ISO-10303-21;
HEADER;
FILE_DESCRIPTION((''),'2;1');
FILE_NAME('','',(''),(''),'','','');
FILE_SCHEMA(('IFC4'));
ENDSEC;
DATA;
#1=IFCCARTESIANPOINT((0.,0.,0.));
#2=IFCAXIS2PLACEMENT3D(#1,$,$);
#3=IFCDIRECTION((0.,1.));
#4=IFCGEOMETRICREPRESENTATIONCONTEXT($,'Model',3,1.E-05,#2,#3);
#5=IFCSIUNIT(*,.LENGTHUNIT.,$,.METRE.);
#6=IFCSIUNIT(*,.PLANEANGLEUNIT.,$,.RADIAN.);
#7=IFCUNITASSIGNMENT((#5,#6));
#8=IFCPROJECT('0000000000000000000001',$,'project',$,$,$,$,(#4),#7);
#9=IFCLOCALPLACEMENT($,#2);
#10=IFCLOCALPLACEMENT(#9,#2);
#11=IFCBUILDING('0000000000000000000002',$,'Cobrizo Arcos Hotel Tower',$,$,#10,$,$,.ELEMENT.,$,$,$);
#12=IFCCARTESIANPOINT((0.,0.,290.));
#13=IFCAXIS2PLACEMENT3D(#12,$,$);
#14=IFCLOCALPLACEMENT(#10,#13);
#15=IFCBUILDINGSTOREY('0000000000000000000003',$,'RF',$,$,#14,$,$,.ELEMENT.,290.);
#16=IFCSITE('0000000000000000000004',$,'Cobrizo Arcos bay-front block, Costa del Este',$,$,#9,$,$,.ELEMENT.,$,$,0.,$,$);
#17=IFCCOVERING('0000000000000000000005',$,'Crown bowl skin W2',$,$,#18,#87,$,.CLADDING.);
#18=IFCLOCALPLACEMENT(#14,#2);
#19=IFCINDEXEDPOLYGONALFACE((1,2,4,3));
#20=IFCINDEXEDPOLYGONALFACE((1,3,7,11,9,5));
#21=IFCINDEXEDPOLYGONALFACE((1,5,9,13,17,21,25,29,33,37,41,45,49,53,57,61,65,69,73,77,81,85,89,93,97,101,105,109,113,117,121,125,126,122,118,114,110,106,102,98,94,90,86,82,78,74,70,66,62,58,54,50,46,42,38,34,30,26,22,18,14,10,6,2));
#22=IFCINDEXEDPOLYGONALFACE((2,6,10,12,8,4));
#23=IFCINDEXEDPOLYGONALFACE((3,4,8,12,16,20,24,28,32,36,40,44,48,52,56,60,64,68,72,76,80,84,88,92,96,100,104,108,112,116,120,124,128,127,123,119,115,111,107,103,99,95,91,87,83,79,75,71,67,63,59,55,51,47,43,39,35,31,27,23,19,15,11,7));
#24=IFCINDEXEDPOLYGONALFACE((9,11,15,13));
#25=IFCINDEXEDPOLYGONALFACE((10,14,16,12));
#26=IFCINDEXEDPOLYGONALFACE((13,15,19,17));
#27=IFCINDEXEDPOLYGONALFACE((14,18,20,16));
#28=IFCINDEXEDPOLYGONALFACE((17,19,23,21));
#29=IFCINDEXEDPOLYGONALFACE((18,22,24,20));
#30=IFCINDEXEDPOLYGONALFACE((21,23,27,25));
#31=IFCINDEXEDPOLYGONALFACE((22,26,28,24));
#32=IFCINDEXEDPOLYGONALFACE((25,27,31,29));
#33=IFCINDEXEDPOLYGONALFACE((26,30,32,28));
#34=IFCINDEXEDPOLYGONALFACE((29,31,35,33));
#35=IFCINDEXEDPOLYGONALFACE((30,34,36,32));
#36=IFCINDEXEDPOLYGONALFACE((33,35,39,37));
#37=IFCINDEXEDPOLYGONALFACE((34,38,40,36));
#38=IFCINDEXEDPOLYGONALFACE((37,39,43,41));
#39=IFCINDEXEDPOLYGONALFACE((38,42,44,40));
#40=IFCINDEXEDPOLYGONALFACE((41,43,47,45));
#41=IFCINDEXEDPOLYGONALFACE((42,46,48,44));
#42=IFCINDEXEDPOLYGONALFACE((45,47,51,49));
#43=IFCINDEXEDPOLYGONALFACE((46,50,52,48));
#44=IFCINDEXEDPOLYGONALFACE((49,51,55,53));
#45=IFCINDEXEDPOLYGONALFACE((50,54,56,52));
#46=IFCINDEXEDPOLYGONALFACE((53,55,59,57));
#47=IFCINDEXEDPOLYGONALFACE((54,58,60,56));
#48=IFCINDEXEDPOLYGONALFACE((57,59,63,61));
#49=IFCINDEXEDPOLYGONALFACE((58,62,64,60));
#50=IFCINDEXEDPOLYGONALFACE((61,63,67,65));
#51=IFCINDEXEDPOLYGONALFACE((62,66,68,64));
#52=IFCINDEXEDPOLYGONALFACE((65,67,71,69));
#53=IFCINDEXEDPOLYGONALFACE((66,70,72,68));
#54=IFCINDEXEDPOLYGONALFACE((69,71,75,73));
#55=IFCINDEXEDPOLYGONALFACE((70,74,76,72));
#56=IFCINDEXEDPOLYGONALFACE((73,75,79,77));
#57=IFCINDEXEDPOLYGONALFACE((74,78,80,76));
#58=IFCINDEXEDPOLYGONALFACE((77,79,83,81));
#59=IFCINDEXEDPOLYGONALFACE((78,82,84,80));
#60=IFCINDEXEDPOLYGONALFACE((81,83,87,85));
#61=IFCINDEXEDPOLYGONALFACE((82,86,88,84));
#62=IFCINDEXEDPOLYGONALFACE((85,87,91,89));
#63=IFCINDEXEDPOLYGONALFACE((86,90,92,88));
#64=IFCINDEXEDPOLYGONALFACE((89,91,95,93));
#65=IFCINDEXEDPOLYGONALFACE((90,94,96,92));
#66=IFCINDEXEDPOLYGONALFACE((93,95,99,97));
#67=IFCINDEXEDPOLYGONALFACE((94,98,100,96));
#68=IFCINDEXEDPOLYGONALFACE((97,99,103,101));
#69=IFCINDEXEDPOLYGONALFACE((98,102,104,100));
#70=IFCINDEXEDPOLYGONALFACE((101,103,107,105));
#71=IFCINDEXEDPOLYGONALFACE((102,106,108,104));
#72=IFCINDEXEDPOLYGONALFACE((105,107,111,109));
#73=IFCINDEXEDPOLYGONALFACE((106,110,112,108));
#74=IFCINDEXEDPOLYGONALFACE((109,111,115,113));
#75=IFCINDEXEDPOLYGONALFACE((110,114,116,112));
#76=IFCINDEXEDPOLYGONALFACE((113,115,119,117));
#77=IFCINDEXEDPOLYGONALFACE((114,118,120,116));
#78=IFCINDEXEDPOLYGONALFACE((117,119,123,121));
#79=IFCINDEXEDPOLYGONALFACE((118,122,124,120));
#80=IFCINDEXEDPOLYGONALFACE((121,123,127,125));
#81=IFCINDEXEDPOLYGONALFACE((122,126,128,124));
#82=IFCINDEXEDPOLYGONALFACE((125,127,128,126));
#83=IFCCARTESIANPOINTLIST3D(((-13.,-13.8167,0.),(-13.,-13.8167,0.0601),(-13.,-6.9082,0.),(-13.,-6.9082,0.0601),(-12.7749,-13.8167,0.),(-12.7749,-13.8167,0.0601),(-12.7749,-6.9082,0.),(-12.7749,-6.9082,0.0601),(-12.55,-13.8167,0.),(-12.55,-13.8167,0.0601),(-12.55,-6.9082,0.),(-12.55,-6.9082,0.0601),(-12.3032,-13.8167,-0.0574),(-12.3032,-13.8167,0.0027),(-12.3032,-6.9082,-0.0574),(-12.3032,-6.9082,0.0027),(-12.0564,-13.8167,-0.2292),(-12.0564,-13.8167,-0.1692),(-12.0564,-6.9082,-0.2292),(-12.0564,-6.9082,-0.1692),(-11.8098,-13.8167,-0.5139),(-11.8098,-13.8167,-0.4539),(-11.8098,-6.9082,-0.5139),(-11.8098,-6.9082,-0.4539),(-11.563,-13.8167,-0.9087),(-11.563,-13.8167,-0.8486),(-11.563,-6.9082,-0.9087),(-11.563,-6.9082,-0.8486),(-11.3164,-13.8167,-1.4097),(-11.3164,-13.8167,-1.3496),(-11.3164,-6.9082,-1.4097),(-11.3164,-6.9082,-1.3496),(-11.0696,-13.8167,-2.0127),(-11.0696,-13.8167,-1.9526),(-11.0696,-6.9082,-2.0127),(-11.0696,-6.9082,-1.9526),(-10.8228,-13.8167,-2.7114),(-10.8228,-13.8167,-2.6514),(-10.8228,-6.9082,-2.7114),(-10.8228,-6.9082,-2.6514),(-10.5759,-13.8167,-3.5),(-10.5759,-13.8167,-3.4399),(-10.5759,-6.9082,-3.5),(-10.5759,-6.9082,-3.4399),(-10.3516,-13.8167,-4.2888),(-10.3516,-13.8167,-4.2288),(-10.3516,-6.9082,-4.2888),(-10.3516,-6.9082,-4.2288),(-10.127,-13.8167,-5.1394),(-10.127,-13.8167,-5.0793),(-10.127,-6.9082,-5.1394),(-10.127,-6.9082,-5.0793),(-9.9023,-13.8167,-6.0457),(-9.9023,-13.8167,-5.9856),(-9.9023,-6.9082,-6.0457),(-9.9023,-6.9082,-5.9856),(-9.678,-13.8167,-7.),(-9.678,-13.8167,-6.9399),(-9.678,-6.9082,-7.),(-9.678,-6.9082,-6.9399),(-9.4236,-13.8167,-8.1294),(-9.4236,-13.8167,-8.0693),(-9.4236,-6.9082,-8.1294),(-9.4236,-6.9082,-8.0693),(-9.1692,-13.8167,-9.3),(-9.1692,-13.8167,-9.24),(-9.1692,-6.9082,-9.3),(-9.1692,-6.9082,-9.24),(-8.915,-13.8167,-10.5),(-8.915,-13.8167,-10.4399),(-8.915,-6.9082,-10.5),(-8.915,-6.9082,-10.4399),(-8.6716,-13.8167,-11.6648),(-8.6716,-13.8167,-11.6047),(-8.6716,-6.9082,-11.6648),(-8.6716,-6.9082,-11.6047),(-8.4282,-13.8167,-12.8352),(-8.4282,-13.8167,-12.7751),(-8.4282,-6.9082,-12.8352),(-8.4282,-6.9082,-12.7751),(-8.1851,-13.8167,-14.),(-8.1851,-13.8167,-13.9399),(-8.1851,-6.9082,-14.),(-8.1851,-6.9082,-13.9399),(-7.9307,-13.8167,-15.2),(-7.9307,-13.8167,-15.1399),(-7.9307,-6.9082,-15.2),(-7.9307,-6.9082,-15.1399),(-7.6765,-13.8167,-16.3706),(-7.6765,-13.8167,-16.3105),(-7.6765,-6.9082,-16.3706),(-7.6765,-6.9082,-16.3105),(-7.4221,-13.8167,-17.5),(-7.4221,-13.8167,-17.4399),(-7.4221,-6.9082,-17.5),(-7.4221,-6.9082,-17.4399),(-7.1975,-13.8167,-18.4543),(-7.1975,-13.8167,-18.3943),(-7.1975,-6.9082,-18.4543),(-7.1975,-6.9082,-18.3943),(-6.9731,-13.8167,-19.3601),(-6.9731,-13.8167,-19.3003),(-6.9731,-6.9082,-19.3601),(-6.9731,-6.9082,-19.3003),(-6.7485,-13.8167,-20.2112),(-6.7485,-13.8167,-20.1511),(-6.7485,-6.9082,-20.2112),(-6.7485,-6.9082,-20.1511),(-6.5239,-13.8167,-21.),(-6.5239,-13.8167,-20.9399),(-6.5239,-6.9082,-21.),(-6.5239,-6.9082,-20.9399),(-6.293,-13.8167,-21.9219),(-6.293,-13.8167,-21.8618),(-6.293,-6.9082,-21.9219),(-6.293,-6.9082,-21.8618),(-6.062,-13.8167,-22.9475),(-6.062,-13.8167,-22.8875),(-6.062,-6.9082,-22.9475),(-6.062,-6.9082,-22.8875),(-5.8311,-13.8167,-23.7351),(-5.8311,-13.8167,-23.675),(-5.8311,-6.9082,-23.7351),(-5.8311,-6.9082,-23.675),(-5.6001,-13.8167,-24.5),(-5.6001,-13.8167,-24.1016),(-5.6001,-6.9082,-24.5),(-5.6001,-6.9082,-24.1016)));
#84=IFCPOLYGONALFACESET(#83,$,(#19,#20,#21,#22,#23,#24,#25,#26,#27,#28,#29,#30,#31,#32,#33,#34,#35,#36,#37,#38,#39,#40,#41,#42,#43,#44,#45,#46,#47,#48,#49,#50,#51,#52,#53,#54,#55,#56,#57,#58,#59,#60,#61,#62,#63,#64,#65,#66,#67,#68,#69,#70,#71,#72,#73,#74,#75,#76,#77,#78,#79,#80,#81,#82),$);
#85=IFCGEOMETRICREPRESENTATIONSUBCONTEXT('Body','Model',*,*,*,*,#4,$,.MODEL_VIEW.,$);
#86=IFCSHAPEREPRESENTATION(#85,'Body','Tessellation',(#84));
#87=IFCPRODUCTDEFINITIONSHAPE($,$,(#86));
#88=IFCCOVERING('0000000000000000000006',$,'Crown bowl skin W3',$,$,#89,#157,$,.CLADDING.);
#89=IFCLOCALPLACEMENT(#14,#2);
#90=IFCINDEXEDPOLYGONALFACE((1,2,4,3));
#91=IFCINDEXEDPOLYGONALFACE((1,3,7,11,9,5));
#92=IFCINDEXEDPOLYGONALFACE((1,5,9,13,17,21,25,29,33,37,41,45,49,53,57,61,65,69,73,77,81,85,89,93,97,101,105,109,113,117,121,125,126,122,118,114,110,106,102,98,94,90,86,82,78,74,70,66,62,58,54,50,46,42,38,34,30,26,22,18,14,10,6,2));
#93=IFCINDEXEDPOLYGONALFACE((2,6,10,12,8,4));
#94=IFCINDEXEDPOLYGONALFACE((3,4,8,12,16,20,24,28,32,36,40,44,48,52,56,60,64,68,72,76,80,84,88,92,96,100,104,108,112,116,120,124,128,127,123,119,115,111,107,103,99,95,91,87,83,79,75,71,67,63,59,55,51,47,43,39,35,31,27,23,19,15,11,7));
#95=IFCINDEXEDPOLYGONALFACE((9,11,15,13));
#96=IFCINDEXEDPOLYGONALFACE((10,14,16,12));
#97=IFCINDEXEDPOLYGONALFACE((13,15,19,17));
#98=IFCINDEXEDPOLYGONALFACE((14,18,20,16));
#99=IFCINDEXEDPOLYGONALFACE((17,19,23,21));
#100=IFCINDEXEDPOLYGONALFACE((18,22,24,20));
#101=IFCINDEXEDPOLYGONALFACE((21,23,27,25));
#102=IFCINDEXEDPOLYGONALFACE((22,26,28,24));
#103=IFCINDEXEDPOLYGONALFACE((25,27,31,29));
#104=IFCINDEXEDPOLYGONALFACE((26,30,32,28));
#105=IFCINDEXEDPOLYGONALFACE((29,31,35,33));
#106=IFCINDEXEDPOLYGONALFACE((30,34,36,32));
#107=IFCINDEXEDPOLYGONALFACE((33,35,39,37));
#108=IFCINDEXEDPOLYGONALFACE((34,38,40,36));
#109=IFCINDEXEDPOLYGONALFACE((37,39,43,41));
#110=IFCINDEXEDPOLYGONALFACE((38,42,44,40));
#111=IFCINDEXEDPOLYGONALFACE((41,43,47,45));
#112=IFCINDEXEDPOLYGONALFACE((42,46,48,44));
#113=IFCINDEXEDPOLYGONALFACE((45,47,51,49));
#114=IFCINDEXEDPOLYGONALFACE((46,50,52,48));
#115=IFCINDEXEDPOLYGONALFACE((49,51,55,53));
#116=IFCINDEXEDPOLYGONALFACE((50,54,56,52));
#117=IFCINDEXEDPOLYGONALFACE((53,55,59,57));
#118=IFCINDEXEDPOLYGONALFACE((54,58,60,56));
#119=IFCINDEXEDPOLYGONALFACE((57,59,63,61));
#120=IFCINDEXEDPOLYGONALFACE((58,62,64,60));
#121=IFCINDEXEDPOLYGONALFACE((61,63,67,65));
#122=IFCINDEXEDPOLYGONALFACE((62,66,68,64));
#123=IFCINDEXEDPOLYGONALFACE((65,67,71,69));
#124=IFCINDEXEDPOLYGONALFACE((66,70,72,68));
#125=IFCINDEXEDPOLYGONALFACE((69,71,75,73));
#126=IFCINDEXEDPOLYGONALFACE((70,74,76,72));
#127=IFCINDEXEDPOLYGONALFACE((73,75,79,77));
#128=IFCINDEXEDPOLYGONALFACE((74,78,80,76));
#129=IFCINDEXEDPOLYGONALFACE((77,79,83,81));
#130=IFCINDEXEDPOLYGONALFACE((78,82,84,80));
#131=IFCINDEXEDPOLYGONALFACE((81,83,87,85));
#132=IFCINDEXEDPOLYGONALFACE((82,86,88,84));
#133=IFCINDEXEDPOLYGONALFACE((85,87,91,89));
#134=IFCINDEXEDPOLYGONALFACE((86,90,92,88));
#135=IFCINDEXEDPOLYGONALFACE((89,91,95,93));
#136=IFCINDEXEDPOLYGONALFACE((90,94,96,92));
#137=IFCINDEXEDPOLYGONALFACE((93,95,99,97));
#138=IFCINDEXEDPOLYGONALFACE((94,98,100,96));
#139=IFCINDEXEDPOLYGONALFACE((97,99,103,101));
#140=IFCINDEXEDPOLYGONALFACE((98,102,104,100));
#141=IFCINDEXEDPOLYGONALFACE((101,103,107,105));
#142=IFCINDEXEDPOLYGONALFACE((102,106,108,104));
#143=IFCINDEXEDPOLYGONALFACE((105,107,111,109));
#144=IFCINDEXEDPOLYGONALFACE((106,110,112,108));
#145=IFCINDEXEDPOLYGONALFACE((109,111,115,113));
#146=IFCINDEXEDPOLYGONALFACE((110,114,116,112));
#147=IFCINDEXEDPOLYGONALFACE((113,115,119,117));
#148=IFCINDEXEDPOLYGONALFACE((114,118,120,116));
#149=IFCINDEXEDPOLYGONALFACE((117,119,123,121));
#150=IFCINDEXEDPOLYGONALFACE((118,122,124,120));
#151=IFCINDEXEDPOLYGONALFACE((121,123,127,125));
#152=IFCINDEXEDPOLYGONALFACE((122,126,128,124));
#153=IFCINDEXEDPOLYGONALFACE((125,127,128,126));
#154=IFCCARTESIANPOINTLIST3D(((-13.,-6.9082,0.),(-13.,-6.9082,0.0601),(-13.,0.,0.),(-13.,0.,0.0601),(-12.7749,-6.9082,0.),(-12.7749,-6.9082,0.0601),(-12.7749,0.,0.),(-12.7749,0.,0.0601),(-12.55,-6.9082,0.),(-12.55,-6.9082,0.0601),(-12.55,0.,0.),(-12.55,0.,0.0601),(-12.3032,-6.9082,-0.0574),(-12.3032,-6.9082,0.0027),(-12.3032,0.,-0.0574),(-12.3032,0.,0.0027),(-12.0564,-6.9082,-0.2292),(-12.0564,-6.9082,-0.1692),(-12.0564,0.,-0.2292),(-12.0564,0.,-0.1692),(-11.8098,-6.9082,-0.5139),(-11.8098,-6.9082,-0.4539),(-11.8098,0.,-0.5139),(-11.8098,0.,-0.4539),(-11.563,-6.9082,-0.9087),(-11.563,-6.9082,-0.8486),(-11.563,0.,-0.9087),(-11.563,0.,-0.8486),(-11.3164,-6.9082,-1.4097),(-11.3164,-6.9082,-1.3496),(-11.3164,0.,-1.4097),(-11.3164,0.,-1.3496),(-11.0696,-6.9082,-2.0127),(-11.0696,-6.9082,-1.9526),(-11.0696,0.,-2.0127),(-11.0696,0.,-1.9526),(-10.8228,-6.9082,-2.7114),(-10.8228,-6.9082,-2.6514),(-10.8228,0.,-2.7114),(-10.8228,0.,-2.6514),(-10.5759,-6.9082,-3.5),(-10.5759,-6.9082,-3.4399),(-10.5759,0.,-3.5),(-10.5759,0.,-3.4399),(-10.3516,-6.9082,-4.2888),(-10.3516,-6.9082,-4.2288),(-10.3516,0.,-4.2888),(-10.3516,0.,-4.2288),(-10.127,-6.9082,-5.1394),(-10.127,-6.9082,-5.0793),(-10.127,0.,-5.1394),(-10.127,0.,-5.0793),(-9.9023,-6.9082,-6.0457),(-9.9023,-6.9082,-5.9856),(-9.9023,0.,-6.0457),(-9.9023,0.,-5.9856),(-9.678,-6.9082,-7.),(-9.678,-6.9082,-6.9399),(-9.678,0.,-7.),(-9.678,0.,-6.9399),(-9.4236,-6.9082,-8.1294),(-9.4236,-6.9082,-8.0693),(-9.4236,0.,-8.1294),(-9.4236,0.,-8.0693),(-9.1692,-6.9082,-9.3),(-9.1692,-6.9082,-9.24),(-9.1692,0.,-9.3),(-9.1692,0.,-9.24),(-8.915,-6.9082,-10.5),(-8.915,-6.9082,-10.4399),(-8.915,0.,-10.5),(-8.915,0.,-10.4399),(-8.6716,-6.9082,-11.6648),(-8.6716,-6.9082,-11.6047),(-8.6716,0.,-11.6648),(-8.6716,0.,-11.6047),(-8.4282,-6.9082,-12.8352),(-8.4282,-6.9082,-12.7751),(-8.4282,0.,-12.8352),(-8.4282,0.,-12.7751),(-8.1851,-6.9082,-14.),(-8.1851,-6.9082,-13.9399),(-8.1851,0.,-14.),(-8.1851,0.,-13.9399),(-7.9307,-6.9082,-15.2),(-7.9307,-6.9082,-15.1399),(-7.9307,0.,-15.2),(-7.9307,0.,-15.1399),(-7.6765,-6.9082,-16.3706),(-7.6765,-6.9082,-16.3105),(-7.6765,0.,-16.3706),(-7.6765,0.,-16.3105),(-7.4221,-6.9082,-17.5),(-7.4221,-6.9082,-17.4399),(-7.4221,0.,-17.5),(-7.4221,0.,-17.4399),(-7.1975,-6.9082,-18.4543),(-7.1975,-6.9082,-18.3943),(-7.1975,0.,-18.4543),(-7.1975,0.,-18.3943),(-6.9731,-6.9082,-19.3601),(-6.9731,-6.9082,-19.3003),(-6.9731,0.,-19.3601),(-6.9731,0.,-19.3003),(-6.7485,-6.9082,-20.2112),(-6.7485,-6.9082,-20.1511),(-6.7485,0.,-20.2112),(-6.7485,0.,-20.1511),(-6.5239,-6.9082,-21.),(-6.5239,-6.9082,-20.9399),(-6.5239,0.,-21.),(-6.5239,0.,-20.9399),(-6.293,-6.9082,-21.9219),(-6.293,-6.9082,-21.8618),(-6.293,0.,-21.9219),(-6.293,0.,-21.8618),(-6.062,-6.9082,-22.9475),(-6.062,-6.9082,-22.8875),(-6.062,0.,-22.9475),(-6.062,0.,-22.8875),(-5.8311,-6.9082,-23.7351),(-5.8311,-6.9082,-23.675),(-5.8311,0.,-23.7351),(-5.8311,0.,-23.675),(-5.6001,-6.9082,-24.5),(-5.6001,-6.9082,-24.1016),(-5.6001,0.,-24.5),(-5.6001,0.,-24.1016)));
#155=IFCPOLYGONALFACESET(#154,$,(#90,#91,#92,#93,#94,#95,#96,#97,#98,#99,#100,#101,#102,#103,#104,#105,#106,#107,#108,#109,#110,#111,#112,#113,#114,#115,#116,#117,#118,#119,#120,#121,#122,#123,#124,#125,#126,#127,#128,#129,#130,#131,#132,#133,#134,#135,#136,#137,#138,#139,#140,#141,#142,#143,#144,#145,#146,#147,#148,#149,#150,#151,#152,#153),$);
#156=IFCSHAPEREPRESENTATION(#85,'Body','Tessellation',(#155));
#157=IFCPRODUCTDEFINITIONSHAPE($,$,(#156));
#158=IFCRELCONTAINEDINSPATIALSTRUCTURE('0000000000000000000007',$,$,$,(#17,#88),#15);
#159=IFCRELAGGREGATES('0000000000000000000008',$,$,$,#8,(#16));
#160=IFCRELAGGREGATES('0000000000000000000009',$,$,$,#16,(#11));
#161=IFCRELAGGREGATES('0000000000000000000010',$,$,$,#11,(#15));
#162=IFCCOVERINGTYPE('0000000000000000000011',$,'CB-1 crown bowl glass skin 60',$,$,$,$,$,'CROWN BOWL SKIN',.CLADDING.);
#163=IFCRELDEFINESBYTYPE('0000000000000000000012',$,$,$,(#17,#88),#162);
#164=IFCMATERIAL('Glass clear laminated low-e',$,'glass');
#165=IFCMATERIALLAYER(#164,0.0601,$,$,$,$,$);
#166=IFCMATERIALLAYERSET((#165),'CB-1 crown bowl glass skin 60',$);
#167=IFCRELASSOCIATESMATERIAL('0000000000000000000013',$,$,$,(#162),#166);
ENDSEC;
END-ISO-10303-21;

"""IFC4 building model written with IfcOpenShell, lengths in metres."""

from ifc_helpers import new_model, si_unit, direction, frame, origin, place, context, subcontext, project, spatial, polyline, outline, extrude, material, layer, layer_set, type_object, element, save


model = new_model("IFC4")

# Units and contexts
model_context = context("Model", 3, precision=1e-05, world=origin(), true_north=direction((0.0, 1.0)))
body_context = subcontext(model_context, "Body", "Model", "MODEL_VIEW")
ifc_project = project(units=[si_unit("LENGTHUNIT", "METRE"), si_unit("PLANEANGLEUNIT", "RADIAN")], contexts=[model_context])

# Site, building, storey
site_placement = place(None, origin())
site = spatial("IfcSite", under=ifc_project, at=site_placement, Name="Cobrizo Arcos bay-front block, Costa del Este", CompositionType="ELEMENT", RefElevation=0.0)
building_placement = place(site_placement, origin())
building = spatial("IfcBuilding", under=site, at=building_placement, Name="Cobrizo Arcos Hotel Tower", CompositionType="ELEMENT")
storey_placement = place(building_placement, frame((0.0, 0.0, 290.0)))
storey = spatial("IfcBuildingStorey", under=building, at=storey_placement, Name="RF", CompositionType="ELEMENT", Elevation=290.0)

# Shared definitions
ifc_material_1 = material(Name="Glass clear laminated low-e", Category="glass")

# Coverings
ifc_layer_1 = layer(ifc_material_1, 0.0601)
ifc_layer_set_1 = layer_set([ifc_layer_1], Name="CB-1 crown bowl glass skin 60")
covering_type_1 = type_object("IfcCoveringType", Name="CB-1 crown bowl glass skin 60", ElementType="CROWN BOWL SKIN", PredefinedType="CLADDING", material=ifc_layer_set_1)
covering_1_placement = place(storey_placement, frame((0.0, -13.8167, -24.5), z_axis=(0.0, 1.0, 0.0), x_axis=(-1.0, 0.0, 0.0)))
element("IfcCovering", 1, at=covering_1_placement, inside=storey, type_object=covering_type_1, Name="Crown bowl skin W2", PredefinedType="CLADDING", context=body_context, shape_type="SweptSolid", body=[
    extrude(outline(polyline([(5.8311, 0.7649), (6.062, 1.5525), (6.293, 2.5781), (6.5239, 3.5), (6.7485, 4.2888), (6.9731, 5.1399), (7.1975, 6.0457), (7.4221, 7.0), (7.6765, 8.1294), (7.9307, 9.3), (8.1851, 10.5), (8.4282, 11.6648), (8.6716, 12.8352), (8.915, 14.0), (9.1692, 15.2), (9.4236, 16.3706), (9.678, 17.5), (9.9023, 18.4543), (10.127, 19.3606), (10.3516, 20.2112), (10.5759, 21.0), (10.8228, 21.7886), (11.0696, 22.4873), (11.3164, 23.0903), (11.563, 23.5913), (11.8098, 23.9861), (12.0564, 24.2708), (12.3032, 24.4426), (12.55, 24.5), (12.7749, 24.5), (13.0, 24.5), (13.0, 24.5601), (12.7749, 24.5601), (12.55, 24.5601), (12.3032, 24.5027), (12.0564, 24.3308), (11.8098, 24.0461), (11.563, 23.6514), (11.3164, 23.1504), (11.0696, 22.5474), (10.8228, 21.8486), (10.5759, 21.0601), (10.3516, 20.2712), (10.127, 19.4207), (9.9023, 18.5144), (9.678, 17.5601), (9.4236, 16.4307), (9.1692, 15.26), (8.915, 14.0601), (8.6716, 12.8953), (8.4282, 11.7249), (8.1851, 10.5601), (7.9307, 9.3601), (7.6765, 8.1895), (7.4221, 7.0601), (7.1975, 6.1057), (6.9731, 5.1997), (6.7485, 4.3489), (6.5239, 3.5601), (6.293, 2.6382), (6.062, 1.6125), (5.8311, 0.825), (5.6001, 0.3984), (5.6001, 0.0), (5.8311, 0.7649)])), origin(), (0.0, 0.0, 1.0), 6.9084),
])
covering_2_placement = place(storey_placement, frame((0.0, -6.9082, -24.5), z_axis=(0.0, 1.0, 0.0), x_axis=(-1.0, 0.0, 0.0)))
element("IfcCovering", 2, at=covering_2_placement, inside=storey, type_object=covering_type_1, Name="Crown bowl skin W3", PredefinedType="CLADDING", context=body_context, shape_type="SweptSolid", body=[
    extrude(outline(polyline([(5.8311, 0.7649), (6.062, 1.5525), (6.293, 2.5781), (6.5239, 3.5), (6.7485, 4.2888), (6.9731, 5.1399), (7.1975, 6.0457), (7.4221, 7.0), (7.6765, 8.1294), (7.9307, 9.3), (8.1851, 10.5), (8.4282, 11.6648), (8.6716, 12.8352), (8.915, 14.0), (9.1692, 15.2), (9.4236, 16.3706), (9.678, 17.5), (9.9023, 18.4543), (10.127, 19.3606), (10.3516, 20.2112), (10.5759, 21.0), (10.8228, 21.7886), (11.0696, 22.4873), (11.3164, 23.0903), (11.563, 23.5913), (11.8098, 23.9861), (12.0564, 24.2708), (12.3032, 24.4426), (12.55, 24.5), (12.7749, 24.5), (13.0, 24.5), (13.0, 24.5601), (12.7749, 24.5601), (12.55, 24.5601), (12.3032, 24.5027), (12.0564, 24.3308), (11.8098, 24.0461), (11.563, 23.6514), (11.3164, 23.1504), (11.0696, 22.5474), (10.8228, 21.8486), (10.5759, 21.0601), (10.3516, 20.2712), (10.127, 19.4207), (9.9023, 18.5144), (9.678, 17.5601), (9.4236, 16.4307), (9.1692, 15.26), (8.915, 14.0601), (8.6716, 12.8953), (8.4282, 11.7249), (8.1851, 10.5601), (7.9307, 9.3601), (7.6765, 8.1895), (7.4221, 7.0601), (7.1975, 6.1057), (6.9731, 5.1997), (6.7485, 4.3489), (6.5239, 3.5601), (6.293, 2.6382), (6.062, 1.6125), (5.8311, 0.825), (5.6001, 0.3984), (5.6001, 0.0), (5.8311, 0.7649)])), origin(), (0.0, 0.0, 1.0), 6.9082),
])

save(model, "model.ifc")
